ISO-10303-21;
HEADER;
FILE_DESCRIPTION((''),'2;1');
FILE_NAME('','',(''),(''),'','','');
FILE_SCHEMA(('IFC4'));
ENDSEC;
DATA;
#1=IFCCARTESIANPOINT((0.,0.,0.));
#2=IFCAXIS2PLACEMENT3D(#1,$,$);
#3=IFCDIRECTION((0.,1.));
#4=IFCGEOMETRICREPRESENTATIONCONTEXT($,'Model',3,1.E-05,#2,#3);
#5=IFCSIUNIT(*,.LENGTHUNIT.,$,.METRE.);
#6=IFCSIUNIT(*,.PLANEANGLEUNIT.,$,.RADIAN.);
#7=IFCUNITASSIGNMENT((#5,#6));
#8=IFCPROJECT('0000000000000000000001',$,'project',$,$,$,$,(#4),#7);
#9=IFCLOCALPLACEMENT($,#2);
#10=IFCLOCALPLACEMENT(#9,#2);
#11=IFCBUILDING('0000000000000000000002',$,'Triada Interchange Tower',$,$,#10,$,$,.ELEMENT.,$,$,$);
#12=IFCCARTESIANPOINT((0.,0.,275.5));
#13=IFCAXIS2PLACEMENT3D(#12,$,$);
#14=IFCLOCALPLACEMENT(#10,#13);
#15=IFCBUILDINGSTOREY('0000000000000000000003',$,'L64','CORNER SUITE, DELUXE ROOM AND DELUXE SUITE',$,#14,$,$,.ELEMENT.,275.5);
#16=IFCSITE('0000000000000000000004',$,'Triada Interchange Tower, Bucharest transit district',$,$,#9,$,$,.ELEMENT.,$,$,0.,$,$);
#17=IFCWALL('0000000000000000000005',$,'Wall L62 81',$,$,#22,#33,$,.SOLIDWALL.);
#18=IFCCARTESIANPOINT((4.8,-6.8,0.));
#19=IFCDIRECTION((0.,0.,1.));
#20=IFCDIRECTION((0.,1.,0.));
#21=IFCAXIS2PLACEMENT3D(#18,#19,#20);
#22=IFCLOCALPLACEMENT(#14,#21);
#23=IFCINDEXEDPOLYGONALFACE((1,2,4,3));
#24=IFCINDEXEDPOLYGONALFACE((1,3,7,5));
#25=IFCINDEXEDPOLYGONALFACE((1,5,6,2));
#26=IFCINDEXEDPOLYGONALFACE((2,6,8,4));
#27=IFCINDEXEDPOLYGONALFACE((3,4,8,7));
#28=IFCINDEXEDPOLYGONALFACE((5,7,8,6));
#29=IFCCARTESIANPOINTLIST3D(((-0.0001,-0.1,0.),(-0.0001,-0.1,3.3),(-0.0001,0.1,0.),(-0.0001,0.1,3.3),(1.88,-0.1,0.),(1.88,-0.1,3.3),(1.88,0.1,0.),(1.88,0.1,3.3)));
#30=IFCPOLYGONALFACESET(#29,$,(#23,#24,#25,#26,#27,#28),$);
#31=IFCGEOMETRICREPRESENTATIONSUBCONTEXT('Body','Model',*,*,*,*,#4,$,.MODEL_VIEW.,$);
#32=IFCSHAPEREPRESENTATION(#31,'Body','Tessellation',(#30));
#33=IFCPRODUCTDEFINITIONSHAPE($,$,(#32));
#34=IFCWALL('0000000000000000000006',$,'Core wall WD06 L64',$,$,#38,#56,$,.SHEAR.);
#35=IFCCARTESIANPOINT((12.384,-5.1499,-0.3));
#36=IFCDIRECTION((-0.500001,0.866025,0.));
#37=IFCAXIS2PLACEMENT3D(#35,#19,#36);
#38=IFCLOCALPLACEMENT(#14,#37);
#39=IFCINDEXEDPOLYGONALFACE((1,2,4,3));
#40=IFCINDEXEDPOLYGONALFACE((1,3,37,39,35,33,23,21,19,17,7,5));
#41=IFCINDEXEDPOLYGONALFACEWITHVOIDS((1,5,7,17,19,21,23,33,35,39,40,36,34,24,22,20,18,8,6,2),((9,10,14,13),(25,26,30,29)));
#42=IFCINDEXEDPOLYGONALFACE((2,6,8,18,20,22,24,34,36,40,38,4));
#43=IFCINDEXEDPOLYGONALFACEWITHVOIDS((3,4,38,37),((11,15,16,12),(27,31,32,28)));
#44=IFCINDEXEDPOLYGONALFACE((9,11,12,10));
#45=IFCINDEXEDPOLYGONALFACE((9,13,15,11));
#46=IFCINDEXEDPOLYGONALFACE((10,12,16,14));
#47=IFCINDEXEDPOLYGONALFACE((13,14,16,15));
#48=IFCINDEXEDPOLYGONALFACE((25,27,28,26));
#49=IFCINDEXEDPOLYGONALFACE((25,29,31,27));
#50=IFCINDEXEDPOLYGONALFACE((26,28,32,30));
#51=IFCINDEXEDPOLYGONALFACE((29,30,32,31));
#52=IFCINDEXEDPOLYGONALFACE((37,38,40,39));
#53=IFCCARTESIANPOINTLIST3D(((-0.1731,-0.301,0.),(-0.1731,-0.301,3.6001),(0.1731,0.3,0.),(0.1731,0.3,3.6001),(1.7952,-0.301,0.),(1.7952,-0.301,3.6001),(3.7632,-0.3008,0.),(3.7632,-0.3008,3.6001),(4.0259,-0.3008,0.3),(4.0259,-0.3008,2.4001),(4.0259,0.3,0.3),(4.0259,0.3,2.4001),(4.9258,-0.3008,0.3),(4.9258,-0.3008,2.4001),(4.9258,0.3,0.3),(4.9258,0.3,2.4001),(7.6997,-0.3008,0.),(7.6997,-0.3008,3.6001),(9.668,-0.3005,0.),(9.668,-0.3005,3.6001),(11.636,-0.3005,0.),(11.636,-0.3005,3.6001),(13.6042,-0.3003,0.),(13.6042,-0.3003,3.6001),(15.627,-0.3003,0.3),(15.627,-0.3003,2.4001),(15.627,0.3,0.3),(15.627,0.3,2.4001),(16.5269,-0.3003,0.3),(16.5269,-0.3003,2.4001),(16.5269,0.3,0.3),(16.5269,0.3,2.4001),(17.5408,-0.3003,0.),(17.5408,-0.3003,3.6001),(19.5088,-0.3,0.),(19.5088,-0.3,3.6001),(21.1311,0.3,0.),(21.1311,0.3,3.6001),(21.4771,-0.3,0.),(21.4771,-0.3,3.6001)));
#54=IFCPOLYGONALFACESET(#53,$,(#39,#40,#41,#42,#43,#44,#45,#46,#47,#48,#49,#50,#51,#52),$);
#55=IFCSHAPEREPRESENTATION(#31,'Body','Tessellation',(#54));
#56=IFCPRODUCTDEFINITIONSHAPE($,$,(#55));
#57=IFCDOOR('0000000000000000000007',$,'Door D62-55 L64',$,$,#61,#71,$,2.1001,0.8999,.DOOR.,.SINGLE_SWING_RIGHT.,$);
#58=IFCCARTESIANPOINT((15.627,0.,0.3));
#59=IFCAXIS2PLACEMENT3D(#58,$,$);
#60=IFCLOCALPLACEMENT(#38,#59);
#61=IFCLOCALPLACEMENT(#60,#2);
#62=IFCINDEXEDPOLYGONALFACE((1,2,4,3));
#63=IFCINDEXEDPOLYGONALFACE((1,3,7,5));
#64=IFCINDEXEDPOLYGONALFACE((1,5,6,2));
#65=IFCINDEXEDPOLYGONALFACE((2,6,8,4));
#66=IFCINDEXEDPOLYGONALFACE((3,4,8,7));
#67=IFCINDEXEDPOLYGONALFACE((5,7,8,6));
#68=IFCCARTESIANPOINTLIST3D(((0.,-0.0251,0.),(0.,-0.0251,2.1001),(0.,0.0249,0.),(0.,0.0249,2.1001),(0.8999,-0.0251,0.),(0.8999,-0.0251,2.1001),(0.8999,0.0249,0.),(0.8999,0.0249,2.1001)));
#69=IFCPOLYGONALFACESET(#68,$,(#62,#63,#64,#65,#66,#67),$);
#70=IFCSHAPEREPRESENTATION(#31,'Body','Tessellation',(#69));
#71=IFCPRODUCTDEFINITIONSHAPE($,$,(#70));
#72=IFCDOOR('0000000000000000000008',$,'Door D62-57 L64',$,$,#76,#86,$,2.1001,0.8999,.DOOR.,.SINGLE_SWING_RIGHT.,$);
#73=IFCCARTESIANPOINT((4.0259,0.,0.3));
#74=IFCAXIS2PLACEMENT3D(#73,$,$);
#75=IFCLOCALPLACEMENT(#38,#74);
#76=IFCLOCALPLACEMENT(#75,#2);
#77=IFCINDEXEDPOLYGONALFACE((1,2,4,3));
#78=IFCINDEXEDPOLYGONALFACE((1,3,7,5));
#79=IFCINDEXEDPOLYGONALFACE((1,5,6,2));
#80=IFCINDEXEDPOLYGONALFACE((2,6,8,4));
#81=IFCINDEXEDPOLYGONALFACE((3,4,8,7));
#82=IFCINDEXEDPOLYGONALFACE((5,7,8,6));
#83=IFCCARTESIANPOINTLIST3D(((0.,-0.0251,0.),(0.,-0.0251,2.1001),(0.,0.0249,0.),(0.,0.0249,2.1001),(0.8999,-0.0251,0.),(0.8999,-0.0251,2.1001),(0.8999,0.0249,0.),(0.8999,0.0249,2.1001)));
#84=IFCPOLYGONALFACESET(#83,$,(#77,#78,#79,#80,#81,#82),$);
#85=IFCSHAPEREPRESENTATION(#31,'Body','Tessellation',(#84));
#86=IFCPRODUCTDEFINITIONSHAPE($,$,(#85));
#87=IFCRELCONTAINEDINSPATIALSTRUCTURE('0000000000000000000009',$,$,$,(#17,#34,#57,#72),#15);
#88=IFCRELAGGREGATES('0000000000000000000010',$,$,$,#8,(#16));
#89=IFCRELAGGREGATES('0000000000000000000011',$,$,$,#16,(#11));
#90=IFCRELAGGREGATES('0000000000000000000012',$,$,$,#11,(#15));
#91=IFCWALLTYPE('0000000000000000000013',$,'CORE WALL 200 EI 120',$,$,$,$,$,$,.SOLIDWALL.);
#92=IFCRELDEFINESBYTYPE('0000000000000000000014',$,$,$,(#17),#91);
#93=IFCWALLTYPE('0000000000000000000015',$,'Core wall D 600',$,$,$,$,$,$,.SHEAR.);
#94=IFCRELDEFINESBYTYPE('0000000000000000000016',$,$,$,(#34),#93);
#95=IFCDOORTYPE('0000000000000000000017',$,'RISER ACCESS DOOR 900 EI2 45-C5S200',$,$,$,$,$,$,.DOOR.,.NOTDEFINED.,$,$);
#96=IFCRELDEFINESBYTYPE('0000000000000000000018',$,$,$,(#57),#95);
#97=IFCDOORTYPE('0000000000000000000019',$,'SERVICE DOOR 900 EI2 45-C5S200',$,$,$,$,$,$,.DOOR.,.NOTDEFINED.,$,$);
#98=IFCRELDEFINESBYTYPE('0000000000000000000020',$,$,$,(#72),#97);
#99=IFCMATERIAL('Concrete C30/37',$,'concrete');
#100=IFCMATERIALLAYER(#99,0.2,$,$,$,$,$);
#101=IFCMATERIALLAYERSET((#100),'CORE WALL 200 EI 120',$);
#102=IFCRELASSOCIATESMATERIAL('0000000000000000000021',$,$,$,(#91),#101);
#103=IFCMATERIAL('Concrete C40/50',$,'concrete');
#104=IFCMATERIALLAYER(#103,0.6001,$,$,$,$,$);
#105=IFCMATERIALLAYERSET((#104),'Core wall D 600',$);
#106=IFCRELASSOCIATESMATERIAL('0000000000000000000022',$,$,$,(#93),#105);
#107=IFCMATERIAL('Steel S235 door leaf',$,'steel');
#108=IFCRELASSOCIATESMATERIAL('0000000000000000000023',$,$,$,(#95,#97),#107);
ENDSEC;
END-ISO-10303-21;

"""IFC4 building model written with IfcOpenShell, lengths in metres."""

from ifc_helpers import new_model, si_unit, direction, frame, frame_2d, origin, place, context, subcontext, project, spatial, polyline, rectangle, outline, extrude, material, layer, layer_set, type_object, element, fill, save


model = new_model("IFC4")

# Units and contexts
model_context = context("Model", 3, precision=1e-05, world=origin(), true_north=direction((0.0, 1.0)))
body_context = subcontext(model_context, "Body", "Model", "MODEL_VIEW")
ifc_project = project(units=[si_unit("LENGTHUNIT", "METRE"), si_unit("PLANEANGLEUNIT", "RADIAN")], contexts=[model_context])

# Site, building, storey
site_placement = place(None, origin())
site = spatial("IfcSite", under=ifc_project, at=site_placement, Name="Triada Interchange Tower, Bucharest transit district", CompositionType="ELEMENT", RefElevation=0.0)
building_placement = place(site_placement, origin())
building = spatial("IfcBuilding", under=site, at=building_placement, Name="Triada Interchange Tower", CompositionType="ELEMENT")
storey_placement = place(building_placement, frame((0.0, 0.0, 275.5)))
storey = spatial("IfcBuildingStorey", under=building, at=storey_placement, Name="L64", Description="CORNER SUITE, DELUXE ROOM AND DELUXE SUITE", CompositionType="ELEMENT", Elevation=275.5)

# Shared definitions
ifc_material_1 = material(Name="Concrete C30/37", Category="concrete")
ifc_layer_1 = layer(ifc_material_1, 0.2)
ifc_layer_set_1 = layer_set([ifc_layer_1], Name="CORE WALL 200 EI 120")
wall_type_1 = type_object("IfcWallType", Name="CORE WALL 200 EI 120", PredefinedType="SOLIDWALL", material=ifc_layer_set_1)

# Shared definitions
ifc_material_2 = material(Name="Steel S235 door leaf", Category="steel")

# Wall
wall_1_placement = place(storey_placement, frame((4.8, -6.8, 0.0), z_axis=(0.0, 0.0, 1.0), x_axis=(0.0, 1.0, 0.0)))
element("IfcWall", 1, at=wall_1_placement, inside=storey, type_object=wall_type_1, Name="Wall L62 81", PredefinedType="SOLIDWALL", context=body_context, shape_type="SweptSolid", body=[
    extrude(rectangle(XDim=1.8801, YDim=0.2, at=frame_2d((0.9399, 0.0))), origin(), (0.0, 0.0, 1.0), 3.3),
])

# Wall, openings, doors
ifc_material_3 = material(Name="Concrete C40/50", Category="concrete")
ifc_layer_2 = layer(ifc_material_3, 0.6001)
ifc_layer_set_2 = layer_set([ifc_layer_2], Name="Core wall D 600")
wall_type_2 = type_object("IfcWallType", Name="Core wall D 600", PredefinedType="SHEAR", material=ifc_layer_set_2)
wall_2_placement = place(storey_placement, frame((12.384, -5.1499, -0.3), z_axis=(0.0, 0.0, 1.0), x_axis=(-0.500001, 0.866025, 0.0)))
wall_2 = element("IfcWall", 2, at=wall_2_placement, inside=storey, type_object=wall_type_2, Name="Core wall WD06 L64", PredefinedType="SHEAR", context=body_context, shape_type="SweptSolid", body=[
    extrude(outline(polyline([(-0.1731, -0.301), (1.7952, -0.301), (3.7632, -0.3008), (5.7314, -0.3008), (7.6997, -0.3008), (9.668, -0.3005), (11.636, -0.3005), (13.6042, -0.3003), (15.5725, -0.3003), (17.5408, -0.3003), (19.5088, -0.3), (21.4771, -0.3), (21.1311, 0.3), (19.2258, 0.3), (17.3206, 0.3), (15.4153, 0.3), (13.51, 0.3), (11.6047, 0.3), (9.6995, 0.3), (7.7942, 0.3), (5.8889, 0.3), (3.9836, 0.3), (2.0784, 0.3), (0.1731, 0.3), (-0.1731, -0.301)])), origin(), (0.0, 0.0, 1.0), 3.6001),
])
opening_1_placement = place(wall_2_placement, frame((15.627, 0.0, 0.3)))
opening_1 = element("IfcOpeningElement", 3, at=opening_1_placement, cuts=wall_2, PredefinedType="OPENING", context=body_context, shape_type="SweptSolid", body=[
    extrude(rectangle(XDim=0.8999, YDim=2.1001, at=frame_2d((0.45, 1.05))), frame((0.0, 0.3101, 0.0), z_axis=(0.0, -1.0, 0.0), x_axis=(1.0, 0.0, 0.0)), (0.0, 0.0, 1.0), 0.6211),
])
opening_2_placement = place(wall_2_placement, frame((4.0259, 0.0, 0.3)))
opening_2 = element("IfcOpeningElement", 4, at=opening_2_placement, cuts=wall_2, PredefinedType="OPENING", context=body_context, shape_type="SweptSolid", body=[
    extrude(rectangle(XDim=0.8999, YDim=2.1001, at=frame_2d((0.45, 1.05))), frame((0.0, 0.3101, 0.0), z_axis=(0.0, -1.0, 0.0), x_axis=(1.0, 0.0, 0.0)), (0.0, 0.0, 1.0), 0.6211),
])
door_type_1 = type_object("IfcDoorType", Name="RISER ACCESS DOOR 900 EI2 45-C5S200", OperationType="NOTDEFINED", PredefinedType="DOOR", material=ifc_material_2)
door_1_placement = place(opening_1_placement, origin())
door_1 = element("IfcDoor", 5, at=door_1_placement, inside=storey, type_object=door_type_1, Name="Door D62-55 L64", OperationType="SINGLE_SWING_RIGHT", OverallHeight=2.1001, OverallWidth=0.8999, PredefinedType="DOOR", context=body_context, shape_type="SweptSolid", body=[
    extrude(rectangle(XDim=0.8999, YDim=2.1001, at=frame_2d((0.45, 1.05))), frame((0.0, 0.0249, 0.0), z_axis=(0.0, -1.0, 0.0), x_axis=(1.0, 0.0, 0.0)), (0.0, 0.0, 1.0), 0.05),
])
fill(opening_1, door_1)
door_type_2 = type_object("IfcDoorType", Name="SERVICE DOOR 900 EI2 45-C5S200", OperationType="NOTDEFINED", PredefinedType="DOOR", material=ifc_material_2)
door_2_placement = place(opening_2_placement, origin())
door_2 = element("IfcDoor", 6, at=door_2_placement, inside=storey, type_object=door_type_2, Name="Door D62-57 L64", OperationType="SINGLE_SWING_RIGHT", OverallHeight=2.1001, OverallWidth=0.8999, PredefinedType="DOOR", context=body_context, shape_type="SweptSolid", body=[
    extrude(rectangle(XDim=0.8999, YDim=2.1001, at=frame_2d((0.45, 1.05))), frame((0.0, 0.0249, 0.0), z_axis=(0.0, -1.0, 0.0), x_axis=(1.0, 0.0, 0.0)), (0.0, 0.0, 1.0), 0.05),
])
fill(opening_2, door_2)

save(model, "model.ifc")
